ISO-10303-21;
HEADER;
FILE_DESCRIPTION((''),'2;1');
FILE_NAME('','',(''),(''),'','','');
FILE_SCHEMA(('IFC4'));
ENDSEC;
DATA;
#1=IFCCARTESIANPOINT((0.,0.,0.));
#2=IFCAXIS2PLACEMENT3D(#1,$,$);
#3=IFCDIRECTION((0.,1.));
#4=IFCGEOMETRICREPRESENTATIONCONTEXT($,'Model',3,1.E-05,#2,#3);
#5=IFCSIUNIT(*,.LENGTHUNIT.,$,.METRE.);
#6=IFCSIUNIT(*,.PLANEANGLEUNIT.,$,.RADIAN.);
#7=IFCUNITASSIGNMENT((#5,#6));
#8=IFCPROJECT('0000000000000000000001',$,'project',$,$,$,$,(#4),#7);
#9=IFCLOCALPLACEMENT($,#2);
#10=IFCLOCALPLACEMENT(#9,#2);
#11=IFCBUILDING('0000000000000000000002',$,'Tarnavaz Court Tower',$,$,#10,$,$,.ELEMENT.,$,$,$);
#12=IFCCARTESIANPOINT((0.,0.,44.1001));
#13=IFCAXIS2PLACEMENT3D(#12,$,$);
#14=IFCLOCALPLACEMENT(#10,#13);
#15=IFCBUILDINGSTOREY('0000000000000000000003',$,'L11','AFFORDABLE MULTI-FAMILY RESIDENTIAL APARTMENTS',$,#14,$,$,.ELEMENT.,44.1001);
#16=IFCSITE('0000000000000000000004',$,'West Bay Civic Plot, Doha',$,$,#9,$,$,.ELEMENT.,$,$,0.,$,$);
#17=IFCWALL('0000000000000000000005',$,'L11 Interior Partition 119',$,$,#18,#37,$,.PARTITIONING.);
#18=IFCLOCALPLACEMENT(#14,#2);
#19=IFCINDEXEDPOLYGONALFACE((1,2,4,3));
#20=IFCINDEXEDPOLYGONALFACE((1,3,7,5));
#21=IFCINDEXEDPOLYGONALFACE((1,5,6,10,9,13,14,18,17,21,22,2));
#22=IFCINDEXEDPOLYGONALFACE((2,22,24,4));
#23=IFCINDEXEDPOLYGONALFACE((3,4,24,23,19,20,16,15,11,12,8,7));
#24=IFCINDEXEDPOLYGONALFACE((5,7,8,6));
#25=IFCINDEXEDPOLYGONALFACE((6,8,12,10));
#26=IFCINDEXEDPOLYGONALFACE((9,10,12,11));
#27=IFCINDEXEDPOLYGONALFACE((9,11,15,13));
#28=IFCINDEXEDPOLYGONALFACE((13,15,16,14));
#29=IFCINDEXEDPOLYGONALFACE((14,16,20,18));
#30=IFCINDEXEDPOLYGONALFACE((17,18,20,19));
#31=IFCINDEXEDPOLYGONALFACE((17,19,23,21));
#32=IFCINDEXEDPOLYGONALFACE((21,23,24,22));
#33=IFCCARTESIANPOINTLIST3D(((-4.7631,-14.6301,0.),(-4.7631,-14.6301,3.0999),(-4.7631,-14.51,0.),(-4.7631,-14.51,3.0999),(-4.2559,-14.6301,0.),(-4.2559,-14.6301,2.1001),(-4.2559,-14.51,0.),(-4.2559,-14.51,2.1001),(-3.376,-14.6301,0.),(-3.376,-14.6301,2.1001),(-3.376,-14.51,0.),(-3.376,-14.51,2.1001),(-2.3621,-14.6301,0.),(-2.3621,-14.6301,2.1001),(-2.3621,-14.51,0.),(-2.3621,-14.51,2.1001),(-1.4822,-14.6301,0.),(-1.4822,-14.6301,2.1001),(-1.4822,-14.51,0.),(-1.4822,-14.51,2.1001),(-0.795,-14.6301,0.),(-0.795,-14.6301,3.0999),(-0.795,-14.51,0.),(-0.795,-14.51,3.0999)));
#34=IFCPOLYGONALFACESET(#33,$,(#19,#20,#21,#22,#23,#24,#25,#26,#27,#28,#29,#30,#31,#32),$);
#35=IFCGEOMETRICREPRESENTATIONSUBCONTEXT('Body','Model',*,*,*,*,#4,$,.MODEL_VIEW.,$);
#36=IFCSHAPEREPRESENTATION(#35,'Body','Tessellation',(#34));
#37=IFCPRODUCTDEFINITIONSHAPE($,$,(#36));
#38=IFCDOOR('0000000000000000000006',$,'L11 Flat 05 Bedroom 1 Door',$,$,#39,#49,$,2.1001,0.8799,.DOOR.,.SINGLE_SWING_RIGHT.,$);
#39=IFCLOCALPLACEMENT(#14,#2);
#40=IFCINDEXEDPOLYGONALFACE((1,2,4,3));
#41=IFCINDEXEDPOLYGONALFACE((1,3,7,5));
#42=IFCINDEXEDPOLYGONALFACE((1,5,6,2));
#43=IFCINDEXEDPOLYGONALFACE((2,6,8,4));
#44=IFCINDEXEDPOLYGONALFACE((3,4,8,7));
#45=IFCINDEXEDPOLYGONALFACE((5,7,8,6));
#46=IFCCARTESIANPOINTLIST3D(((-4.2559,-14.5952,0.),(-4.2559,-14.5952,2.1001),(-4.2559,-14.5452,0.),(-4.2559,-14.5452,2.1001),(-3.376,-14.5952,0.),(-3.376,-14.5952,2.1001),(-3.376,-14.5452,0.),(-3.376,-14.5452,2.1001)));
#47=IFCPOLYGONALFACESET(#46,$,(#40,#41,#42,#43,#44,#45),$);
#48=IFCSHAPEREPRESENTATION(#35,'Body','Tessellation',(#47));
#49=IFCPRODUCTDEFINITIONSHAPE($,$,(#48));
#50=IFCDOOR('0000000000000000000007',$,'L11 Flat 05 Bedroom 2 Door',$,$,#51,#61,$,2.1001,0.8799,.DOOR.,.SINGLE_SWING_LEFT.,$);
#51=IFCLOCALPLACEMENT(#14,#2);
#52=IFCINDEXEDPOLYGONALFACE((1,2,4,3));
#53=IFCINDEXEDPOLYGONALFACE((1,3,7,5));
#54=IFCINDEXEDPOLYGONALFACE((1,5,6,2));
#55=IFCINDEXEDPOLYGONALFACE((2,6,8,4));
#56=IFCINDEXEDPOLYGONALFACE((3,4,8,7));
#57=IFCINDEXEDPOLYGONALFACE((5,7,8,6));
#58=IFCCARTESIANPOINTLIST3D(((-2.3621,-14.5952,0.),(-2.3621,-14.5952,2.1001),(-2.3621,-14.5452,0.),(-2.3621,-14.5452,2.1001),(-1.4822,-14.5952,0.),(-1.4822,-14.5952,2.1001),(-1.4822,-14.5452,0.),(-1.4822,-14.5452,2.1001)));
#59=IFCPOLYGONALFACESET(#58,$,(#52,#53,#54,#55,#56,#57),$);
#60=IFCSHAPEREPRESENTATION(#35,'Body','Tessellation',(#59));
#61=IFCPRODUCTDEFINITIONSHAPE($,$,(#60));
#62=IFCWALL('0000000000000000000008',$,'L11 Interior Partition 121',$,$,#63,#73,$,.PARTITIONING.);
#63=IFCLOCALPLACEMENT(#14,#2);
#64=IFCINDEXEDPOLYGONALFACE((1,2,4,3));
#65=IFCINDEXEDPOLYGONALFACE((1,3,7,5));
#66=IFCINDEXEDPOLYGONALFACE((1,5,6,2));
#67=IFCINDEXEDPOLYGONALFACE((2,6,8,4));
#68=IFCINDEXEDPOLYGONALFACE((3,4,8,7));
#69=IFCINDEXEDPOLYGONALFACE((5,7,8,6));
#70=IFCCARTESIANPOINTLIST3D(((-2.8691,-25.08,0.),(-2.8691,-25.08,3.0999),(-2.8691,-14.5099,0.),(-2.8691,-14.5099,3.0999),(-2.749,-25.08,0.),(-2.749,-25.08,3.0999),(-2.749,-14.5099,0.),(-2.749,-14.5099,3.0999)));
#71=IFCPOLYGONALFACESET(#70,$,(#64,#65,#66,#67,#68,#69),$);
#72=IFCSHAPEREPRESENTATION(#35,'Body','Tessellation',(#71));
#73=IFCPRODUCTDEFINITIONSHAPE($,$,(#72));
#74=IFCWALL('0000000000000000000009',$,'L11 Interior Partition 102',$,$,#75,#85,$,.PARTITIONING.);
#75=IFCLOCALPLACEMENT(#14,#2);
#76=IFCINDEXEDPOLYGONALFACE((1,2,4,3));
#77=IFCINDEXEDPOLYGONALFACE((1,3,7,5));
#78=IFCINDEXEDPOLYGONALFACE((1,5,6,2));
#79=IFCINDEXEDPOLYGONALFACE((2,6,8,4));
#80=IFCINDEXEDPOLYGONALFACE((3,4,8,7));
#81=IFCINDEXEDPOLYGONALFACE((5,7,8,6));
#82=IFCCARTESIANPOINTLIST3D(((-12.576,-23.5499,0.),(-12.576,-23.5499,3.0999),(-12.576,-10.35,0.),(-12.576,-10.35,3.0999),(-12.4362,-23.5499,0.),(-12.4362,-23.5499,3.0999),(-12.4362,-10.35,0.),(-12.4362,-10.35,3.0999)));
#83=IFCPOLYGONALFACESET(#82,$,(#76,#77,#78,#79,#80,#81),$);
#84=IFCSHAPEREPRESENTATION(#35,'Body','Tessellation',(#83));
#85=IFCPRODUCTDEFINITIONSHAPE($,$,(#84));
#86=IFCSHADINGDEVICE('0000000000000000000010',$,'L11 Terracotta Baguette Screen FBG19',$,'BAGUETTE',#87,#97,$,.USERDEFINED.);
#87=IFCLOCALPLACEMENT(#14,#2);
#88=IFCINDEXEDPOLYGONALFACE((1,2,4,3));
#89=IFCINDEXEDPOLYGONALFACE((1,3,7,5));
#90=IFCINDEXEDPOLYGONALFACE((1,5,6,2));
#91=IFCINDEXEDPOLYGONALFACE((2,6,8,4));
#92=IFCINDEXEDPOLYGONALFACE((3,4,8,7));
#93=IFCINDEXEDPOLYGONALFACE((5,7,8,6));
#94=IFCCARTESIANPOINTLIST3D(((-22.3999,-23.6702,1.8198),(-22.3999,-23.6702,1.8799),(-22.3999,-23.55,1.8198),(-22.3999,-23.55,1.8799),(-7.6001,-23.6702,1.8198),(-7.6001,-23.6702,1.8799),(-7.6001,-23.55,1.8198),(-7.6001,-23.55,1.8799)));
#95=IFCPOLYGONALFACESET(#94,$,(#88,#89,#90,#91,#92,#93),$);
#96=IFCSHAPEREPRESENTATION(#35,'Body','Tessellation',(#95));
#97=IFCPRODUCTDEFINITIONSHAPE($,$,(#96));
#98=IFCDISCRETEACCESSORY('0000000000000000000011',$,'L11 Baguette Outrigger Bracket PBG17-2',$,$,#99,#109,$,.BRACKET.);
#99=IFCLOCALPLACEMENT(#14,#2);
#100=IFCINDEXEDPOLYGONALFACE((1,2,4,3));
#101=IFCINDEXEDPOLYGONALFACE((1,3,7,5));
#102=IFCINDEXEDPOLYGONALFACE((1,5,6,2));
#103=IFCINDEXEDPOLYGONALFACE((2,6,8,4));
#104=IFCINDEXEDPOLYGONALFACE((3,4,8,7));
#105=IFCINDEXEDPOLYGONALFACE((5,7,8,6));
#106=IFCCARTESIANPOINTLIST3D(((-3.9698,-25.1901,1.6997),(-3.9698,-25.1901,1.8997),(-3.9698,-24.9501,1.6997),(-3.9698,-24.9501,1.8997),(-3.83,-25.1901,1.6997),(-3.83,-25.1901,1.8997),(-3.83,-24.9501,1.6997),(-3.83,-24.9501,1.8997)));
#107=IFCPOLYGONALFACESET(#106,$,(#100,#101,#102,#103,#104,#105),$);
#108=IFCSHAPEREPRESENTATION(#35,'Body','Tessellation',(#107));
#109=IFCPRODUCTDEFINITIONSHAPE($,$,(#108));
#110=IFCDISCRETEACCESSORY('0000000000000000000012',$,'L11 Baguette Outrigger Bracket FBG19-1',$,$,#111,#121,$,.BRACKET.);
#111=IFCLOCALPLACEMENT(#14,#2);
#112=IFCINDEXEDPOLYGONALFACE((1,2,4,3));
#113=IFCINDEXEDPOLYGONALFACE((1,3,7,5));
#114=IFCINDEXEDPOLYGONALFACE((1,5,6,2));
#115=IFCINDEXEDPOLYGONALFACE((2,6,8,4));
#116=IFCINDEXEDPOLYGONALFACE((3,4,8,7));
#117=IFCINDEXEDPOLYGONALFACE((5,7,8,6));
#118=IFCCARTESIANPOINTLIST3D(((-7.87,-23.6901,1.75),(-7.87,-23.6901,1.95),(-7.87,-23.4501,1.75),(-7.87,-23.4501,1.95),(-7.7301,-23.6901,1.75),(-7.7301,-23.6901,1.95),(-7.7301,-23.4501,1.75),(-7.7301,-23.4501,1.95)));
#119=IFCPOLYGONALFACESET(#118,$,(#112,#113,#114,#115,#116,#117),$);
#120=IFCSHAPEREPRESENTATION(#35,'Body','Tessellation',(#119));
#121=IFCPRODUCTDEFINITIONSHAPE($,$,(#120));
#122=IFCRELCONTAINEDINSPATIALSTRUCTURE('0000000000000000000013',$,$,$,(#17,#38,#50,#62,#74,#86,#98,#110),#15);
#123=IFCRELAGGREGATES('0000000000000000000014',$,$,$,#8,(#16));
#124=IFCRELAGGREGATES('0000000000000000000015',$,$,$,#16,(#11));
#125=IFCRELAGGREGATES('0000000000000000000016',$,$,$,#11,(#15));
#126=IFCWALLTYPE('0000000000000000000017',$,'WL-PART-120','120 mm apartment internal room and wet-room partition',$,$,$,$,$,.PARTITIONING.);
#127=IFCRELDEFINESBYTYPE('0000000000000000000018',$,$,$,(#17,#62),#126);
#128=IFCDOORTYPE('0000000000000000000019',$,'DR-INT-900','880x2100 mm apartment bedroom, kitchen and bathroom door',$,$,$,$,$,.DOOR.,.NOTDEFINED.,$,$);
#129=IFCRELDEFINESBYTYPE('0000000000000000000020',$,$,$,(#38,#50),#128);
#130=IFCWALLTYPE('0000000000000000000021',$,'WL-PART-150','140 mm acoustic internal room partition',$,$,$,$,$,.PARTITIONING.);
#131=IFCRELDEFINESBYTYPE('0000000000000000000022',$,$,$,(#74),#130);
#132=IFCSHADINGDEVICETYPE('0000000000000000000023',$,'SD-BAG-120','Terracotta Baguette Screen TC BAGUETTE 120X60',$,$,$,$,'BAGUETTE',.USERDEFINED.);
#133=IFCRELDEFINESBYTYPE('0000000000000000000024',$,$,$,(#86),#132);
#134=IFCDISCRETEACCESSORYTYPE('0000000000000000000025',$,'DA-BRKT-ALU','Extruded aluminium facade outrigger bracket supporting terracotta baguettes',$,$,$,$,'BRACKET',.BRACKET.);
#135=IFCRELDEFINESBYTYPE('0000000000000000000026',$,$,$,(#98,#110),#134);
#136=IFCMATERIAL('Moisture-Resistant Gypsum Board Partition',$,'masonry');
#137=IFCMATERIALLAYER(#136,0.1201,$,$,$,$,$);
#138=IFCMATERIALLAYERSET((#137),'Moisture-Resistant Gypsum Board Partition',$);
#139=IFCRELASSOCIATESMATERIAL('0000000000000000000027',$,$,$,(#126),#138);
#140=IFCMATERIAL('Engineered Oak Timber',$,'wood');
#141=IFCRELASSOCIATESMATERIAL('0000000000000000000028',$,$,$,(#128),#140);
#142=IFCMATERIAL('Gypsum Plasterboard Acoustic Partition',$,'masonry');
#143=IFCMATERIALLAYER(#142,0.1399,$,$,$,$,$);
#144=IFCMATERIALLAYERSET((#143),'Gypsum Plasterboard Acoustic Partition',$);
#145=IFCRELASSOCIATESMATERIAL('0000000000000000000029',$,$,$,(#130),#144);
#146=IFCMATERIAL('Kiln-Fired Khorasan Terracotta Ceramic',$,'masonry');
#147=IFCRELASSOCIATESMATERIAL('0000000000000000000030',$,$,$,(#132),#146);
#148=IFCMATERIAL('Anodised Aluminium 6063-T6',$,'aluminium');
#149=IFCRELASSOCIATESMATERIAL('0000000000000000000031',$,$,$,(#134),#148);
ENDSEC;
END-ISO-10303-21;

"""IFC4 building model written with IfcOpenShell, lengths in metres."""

from ifc_helpers import new_model, si_unit, direction, frame, frame_2d, origin, origin_2d, place, context, subcontext, project, spatial, rectangle, extrude, material, layer, layer_set, material_profile, profile_set, type_object, element, fill, save


model = new_model("IFC4")

# Units and contexts
model_context = context("Model", 3, precision=1e-05, world=origin(), true_north=direction((0.0, 1.0)))
body_context = subcontext(model_context, "Body", "Model", "MODEL_VIEW")
ifc_project = project(units=[si_unit("LENGTHUNIT", "METRE"), si_unit("PLANEANGLEUNIT", "RADIAN")], contexts=[model_context])

# Site, building, storey
site_placement = place(None, origin())
site = spatial("IfcSite", under=ifc_project, at=site_placement, Name="West Bay Civic Plot, Doha", CompositionType="ELEMENT", RefElevation=0.0)
building_placement = place(site_placement, origin())
building = spatial("IfcBuilding", under=site, at=building_placement, Name="Tarnavaz Court Tower", CompositionType="ELEMENT")
storey_placement = place(building_placement, frame((0.0, 0.0, 44.1001)))
storey = spatial("IfcBuildingStorey", under=building, at=storey_placement, Name="L11", Description="AFFORDABLE MULTI-FAMILY RESIDENTIAL APARTMENTS", CompositionType="ELEMENT", Elevation=44.1001)

# Shared definitions
ifc_material_1 = material(Name="Anodised Aluminium 6063-T6", Category="aluminium")

# Shared definitions
ifc_material_2 = material(Name="Moisture-Resistant Gypsum Board Partition", Category="masonry")
ifc_layer_1 = layer(ifc_material_2, 0.1201)
ifc_layer_set_1 = layer_set([ifc_layer_1], Name="Moisture-Resistant Gypsum Board Partition")
wall_type_1 = type_object("IfcWallType", Name="WL-PART-120", Description="120 mm apartment internal room and wet-room partition", PredefinedType="PARTITIONING", material=ifc_layer_set_1)
ifc_material_3 = material(Name="Engineered Oak Timber", Category="wood")

# Wall, openings, doors
wall_1_placement = place(storey_placement, frame((-4.7629, -14.5701, 0.0), z_axis=(0.0, 0.0, 1.0), x_axis=(1.0, 0.0, 0.0)))
wall_1 = element("IfcWall", 1, at=wall_1_placement, inside=storey, type_object=wall_type_1, Name="L11 Interior Partition 119", PredefinedType="PARTITIONING", context=body_context, shape_type="SweptSolid", body=[
    extrude(rectangle(XDim=3.968, YDim=0.1201, at=frame_2d((1.9839, 0.0))), origin(), (0.0, 0.0, 1.0), 3.0999),
])
opening_1_placement = place(wall_1_placement, frame((0.5071, 0.0, 0.0)))
opening_1 = element("IfcOpeningElement", 2, at=opening_1_placement, cuts=wall_1, PredefinedType="OPENING", context=body_context, shape_type="SweptSolid", body=[
    extrude(rectangle(XDim=0.8799, YDim=2.1001, at=frame_2d((0.4399, 1.05))), frame((0.0, 0.0701, 0.0), z_axis=(0.0, -1.0, 0.0), x_axis=(1.0, 0.0, 0.0)), (0.0, 0.0, 1.0), 0.1401),
])
opening_2_placement = place(wall_1_placement, frame((2.4009, 0.0, 0.0)))
opening_2 = element("IfcOpeningElement", 3, at=opening_2_placement, cuts=wall_1, PredefinedType="OPENING", context=body_context, shape_type="SweptSolid", body=[
    extrude(rectangle(XDim=0.8799, YDim=2.1001, at=frame_2d((0.4399, 1.05))), frame((0.0, 0.0701, 0.0), z_axis=(0.0, -1.0, 0.0), x_axis=(1.0, 0.0, 0.0)), (0.0, 0.0, 1.0), 0.1401),
])
door_type_1 = type_object("IfcDoorType", Name="DR-INT-900", Description="880x2100 mm apartment bedroom, kitchen and bathroom door", OperationType="NOTDEFINED", PredefinedType="DOOR", material=ifc_material_3)
door_1_placement = place(opening_1_placement, origin())
door_1 = element("IfcDoor", 4, at=door_1_placement, inside=storey, type_object=door_type_1, Name="L11 Flat 05 Bedroom 1 Door", OperationType="SINGLE_SWING_RIGHT", OverallHeight=2.1001, OverallWidth=0.8799, PredefinedType="DOOR", context=body_context, shape_type="SweptSolid", body=[
    extrude(rectangle(XDim=0.8799, YDim=2.1001, at=frame_2d((0.4399, 1.05))), frame((0.0, 0.0249, 0.0), z_axis=(0.0, -1.0, 0.0), x_axis=(1.0, 0.0, 0.0)), (0.0, 0.0, 1.0), 0.05),
])
fill(opening_1, door_1)
door_2_placement = place(opening_2_placement, origin())
door_2 = element("IfcDoor", 5, at=door_2_placement, inside=storey, type_object=door_type_1, Name="L11 Flat 05 Bedroom 2 Door", OperationType="SINGLE_SWING_LEFT", OverallHeight=2.1001, OverallWidth=0.8799, PredefinedType="DOOR", context=body_context, shape_type="SweptSolid", body=[
    extrude(rectangle(XDim=0.8799, YDim=2.1001, at=frame_2d((0.4399, 1.05))), frame((0.0, 0.0249, 0.0), z_axis=(0.0, -1.0, 0.0), x_axis=(1.0, 0.0, 0.0)), (0.0, 0.0, 1.0), 0.05),
])
fill(opening_2, door_2)

# Walls
wall_2_placement = place(storey_placement, frame((-2.8091, -25.0801, 0.0), z_axis=(0.0, 0.0, 1.0), x_axis=(0.0, 1.0, 0.0)))
element("IfcWall", 6, at=wall_2_placement, inside=storey, type_object=wall_type_1, Name="L11 Interior Partition 121", PredefinedType="PARTITIONING", context=body_context, shape_type="SweptSolid", body=[
    extrude(rectangle(XDim=10.5701, YDim=0.1201, at=frame_2d((5.2852, 0.0))), origin(), (0.0, 0.0, 1.0), 3.0999),
])
ifc_material_4 = material(Name="Gypsum Plasterboard Acoustic Partition", Category="masonry")
ifc_layer_2 = layer(ifc_material_4, 0.1399)
ifc_layer_set_2 = layer_set([ifc_layer_2], Name="Gypsum Plasterboard Acoustic Partition")
wall_type_2 = type_object("IfcWallType", Name="WL-PART-150", Description="140 mm acoustic internal room partition", PredefinedType="PARTITIONING", material=ifc_layer_set_2)
wall_3_placement = place(storey_placement, frame((-12.5061, -23.55, 0.0), z_axis=(0.0, 0.0, 1.0), x_axis=(0.0, 1.0, 0.0)))
element("IfcWall", 7, at=wall_3_placement, inside=storey, type_object=wall_type_2, Name="L11 Interior Partition 102", PredefinedType="PARTITIONING", context=body_context, shape_type="SweptSolid", body=[
    extrude(rectangle(XDim=13.2, YDim=0.1399, at=frame_2d((6.6001, 0.0))), origin(), (0.0, 0.0, 1.0), 3.0999),
])

# Shading device
ifc_material_5 = material(Name="Kiln-Fired Khorasan Terracotta Ceramic", Category="masonry")
ifc_material_profile_1 = material_profile(ifc_material_5, rectangle(XDim=0.1201, YDim=0.0601, at=origin_2d()), Name="TC BAGUETTE 120X60")
ifc_profile_set_1 = profile_set([ifc_material_profile_1], Name="Kiln-Fired Khorasan Terracotta Ceramic")
shading_device_type = type_object("IfcShadingDeviceType", Name="SD-BAG-120", Description="Terracotta Baguette Screen TC BAGUETTE 120X60", ElementType="BAGUETTE", PredefinedType="USERDEFINED", material=ifc_profile_set_1)
shading_device_placement = place(storey_placement, frame((-7.6001, -23.6101, 1.8499), z_axis=(-1.0, 0.0, 0.0), x_axis=(0.0, -1.0, 0.0)))
element("IfcShadingDevice", 8, at=shading_device_placement, inside=storey, type_object=shading_device_type, Name="L11 Terracotta Baguette Screen FBG19", ObjectType="BAGUETTE", PredefinedType="USERDEFINED", context=body_context, shape_type="SweptSolid", body=[
    extrude(rectangle(XDim=0.1201, YDim=0.0601, at=origin_2d()), origin(), (0.0, 0.0, 1.0), 14.7998),
])

# Discrete accessories
discrete_accessory_type = type_object("IfcDiscreteAccessoryType", Name="DA-BRKT-ALU", Description="Extruded aluminium facade outrigger bracket supporting terracotta baguettes", ElementType="BRACKET", PredefinedType="BRACKET", material=ifc_material_1)
for number, where, z_axis, x_axis, name in (
    (9, (-3.8999, -25.0701, 1.6997), (0.0, 0.0, 1.0), (-1.0, 0.0, 0.0), "L11 Baguette Outrigger Bracket PBG17-2"),
    (10, (-7.8, -23.5701, 1.75), (0.0, 0.0, 1.0), (-1.0, 0.0, 0.0), "L11 Baguette Outrigger Bracket FBG19-1"),
):
    element("IfcDiscreteAccessory", number, at=place(storey_placement, frame(where, z_axis=z_axis, x_axis=x_axis)), inside=storey, type_object=discrete_accessory_type, Name=name, PredefinedType="BRACKET", context=body_context, shape_type="SweptSolid", body=[
        extrude(rectangle(XDim=0.1399, YDim=0.24, at=origin_2d()), origin(), (0.0, 0.0, 1.0), 0.2),
    ])

save(model, "model.ifc")
